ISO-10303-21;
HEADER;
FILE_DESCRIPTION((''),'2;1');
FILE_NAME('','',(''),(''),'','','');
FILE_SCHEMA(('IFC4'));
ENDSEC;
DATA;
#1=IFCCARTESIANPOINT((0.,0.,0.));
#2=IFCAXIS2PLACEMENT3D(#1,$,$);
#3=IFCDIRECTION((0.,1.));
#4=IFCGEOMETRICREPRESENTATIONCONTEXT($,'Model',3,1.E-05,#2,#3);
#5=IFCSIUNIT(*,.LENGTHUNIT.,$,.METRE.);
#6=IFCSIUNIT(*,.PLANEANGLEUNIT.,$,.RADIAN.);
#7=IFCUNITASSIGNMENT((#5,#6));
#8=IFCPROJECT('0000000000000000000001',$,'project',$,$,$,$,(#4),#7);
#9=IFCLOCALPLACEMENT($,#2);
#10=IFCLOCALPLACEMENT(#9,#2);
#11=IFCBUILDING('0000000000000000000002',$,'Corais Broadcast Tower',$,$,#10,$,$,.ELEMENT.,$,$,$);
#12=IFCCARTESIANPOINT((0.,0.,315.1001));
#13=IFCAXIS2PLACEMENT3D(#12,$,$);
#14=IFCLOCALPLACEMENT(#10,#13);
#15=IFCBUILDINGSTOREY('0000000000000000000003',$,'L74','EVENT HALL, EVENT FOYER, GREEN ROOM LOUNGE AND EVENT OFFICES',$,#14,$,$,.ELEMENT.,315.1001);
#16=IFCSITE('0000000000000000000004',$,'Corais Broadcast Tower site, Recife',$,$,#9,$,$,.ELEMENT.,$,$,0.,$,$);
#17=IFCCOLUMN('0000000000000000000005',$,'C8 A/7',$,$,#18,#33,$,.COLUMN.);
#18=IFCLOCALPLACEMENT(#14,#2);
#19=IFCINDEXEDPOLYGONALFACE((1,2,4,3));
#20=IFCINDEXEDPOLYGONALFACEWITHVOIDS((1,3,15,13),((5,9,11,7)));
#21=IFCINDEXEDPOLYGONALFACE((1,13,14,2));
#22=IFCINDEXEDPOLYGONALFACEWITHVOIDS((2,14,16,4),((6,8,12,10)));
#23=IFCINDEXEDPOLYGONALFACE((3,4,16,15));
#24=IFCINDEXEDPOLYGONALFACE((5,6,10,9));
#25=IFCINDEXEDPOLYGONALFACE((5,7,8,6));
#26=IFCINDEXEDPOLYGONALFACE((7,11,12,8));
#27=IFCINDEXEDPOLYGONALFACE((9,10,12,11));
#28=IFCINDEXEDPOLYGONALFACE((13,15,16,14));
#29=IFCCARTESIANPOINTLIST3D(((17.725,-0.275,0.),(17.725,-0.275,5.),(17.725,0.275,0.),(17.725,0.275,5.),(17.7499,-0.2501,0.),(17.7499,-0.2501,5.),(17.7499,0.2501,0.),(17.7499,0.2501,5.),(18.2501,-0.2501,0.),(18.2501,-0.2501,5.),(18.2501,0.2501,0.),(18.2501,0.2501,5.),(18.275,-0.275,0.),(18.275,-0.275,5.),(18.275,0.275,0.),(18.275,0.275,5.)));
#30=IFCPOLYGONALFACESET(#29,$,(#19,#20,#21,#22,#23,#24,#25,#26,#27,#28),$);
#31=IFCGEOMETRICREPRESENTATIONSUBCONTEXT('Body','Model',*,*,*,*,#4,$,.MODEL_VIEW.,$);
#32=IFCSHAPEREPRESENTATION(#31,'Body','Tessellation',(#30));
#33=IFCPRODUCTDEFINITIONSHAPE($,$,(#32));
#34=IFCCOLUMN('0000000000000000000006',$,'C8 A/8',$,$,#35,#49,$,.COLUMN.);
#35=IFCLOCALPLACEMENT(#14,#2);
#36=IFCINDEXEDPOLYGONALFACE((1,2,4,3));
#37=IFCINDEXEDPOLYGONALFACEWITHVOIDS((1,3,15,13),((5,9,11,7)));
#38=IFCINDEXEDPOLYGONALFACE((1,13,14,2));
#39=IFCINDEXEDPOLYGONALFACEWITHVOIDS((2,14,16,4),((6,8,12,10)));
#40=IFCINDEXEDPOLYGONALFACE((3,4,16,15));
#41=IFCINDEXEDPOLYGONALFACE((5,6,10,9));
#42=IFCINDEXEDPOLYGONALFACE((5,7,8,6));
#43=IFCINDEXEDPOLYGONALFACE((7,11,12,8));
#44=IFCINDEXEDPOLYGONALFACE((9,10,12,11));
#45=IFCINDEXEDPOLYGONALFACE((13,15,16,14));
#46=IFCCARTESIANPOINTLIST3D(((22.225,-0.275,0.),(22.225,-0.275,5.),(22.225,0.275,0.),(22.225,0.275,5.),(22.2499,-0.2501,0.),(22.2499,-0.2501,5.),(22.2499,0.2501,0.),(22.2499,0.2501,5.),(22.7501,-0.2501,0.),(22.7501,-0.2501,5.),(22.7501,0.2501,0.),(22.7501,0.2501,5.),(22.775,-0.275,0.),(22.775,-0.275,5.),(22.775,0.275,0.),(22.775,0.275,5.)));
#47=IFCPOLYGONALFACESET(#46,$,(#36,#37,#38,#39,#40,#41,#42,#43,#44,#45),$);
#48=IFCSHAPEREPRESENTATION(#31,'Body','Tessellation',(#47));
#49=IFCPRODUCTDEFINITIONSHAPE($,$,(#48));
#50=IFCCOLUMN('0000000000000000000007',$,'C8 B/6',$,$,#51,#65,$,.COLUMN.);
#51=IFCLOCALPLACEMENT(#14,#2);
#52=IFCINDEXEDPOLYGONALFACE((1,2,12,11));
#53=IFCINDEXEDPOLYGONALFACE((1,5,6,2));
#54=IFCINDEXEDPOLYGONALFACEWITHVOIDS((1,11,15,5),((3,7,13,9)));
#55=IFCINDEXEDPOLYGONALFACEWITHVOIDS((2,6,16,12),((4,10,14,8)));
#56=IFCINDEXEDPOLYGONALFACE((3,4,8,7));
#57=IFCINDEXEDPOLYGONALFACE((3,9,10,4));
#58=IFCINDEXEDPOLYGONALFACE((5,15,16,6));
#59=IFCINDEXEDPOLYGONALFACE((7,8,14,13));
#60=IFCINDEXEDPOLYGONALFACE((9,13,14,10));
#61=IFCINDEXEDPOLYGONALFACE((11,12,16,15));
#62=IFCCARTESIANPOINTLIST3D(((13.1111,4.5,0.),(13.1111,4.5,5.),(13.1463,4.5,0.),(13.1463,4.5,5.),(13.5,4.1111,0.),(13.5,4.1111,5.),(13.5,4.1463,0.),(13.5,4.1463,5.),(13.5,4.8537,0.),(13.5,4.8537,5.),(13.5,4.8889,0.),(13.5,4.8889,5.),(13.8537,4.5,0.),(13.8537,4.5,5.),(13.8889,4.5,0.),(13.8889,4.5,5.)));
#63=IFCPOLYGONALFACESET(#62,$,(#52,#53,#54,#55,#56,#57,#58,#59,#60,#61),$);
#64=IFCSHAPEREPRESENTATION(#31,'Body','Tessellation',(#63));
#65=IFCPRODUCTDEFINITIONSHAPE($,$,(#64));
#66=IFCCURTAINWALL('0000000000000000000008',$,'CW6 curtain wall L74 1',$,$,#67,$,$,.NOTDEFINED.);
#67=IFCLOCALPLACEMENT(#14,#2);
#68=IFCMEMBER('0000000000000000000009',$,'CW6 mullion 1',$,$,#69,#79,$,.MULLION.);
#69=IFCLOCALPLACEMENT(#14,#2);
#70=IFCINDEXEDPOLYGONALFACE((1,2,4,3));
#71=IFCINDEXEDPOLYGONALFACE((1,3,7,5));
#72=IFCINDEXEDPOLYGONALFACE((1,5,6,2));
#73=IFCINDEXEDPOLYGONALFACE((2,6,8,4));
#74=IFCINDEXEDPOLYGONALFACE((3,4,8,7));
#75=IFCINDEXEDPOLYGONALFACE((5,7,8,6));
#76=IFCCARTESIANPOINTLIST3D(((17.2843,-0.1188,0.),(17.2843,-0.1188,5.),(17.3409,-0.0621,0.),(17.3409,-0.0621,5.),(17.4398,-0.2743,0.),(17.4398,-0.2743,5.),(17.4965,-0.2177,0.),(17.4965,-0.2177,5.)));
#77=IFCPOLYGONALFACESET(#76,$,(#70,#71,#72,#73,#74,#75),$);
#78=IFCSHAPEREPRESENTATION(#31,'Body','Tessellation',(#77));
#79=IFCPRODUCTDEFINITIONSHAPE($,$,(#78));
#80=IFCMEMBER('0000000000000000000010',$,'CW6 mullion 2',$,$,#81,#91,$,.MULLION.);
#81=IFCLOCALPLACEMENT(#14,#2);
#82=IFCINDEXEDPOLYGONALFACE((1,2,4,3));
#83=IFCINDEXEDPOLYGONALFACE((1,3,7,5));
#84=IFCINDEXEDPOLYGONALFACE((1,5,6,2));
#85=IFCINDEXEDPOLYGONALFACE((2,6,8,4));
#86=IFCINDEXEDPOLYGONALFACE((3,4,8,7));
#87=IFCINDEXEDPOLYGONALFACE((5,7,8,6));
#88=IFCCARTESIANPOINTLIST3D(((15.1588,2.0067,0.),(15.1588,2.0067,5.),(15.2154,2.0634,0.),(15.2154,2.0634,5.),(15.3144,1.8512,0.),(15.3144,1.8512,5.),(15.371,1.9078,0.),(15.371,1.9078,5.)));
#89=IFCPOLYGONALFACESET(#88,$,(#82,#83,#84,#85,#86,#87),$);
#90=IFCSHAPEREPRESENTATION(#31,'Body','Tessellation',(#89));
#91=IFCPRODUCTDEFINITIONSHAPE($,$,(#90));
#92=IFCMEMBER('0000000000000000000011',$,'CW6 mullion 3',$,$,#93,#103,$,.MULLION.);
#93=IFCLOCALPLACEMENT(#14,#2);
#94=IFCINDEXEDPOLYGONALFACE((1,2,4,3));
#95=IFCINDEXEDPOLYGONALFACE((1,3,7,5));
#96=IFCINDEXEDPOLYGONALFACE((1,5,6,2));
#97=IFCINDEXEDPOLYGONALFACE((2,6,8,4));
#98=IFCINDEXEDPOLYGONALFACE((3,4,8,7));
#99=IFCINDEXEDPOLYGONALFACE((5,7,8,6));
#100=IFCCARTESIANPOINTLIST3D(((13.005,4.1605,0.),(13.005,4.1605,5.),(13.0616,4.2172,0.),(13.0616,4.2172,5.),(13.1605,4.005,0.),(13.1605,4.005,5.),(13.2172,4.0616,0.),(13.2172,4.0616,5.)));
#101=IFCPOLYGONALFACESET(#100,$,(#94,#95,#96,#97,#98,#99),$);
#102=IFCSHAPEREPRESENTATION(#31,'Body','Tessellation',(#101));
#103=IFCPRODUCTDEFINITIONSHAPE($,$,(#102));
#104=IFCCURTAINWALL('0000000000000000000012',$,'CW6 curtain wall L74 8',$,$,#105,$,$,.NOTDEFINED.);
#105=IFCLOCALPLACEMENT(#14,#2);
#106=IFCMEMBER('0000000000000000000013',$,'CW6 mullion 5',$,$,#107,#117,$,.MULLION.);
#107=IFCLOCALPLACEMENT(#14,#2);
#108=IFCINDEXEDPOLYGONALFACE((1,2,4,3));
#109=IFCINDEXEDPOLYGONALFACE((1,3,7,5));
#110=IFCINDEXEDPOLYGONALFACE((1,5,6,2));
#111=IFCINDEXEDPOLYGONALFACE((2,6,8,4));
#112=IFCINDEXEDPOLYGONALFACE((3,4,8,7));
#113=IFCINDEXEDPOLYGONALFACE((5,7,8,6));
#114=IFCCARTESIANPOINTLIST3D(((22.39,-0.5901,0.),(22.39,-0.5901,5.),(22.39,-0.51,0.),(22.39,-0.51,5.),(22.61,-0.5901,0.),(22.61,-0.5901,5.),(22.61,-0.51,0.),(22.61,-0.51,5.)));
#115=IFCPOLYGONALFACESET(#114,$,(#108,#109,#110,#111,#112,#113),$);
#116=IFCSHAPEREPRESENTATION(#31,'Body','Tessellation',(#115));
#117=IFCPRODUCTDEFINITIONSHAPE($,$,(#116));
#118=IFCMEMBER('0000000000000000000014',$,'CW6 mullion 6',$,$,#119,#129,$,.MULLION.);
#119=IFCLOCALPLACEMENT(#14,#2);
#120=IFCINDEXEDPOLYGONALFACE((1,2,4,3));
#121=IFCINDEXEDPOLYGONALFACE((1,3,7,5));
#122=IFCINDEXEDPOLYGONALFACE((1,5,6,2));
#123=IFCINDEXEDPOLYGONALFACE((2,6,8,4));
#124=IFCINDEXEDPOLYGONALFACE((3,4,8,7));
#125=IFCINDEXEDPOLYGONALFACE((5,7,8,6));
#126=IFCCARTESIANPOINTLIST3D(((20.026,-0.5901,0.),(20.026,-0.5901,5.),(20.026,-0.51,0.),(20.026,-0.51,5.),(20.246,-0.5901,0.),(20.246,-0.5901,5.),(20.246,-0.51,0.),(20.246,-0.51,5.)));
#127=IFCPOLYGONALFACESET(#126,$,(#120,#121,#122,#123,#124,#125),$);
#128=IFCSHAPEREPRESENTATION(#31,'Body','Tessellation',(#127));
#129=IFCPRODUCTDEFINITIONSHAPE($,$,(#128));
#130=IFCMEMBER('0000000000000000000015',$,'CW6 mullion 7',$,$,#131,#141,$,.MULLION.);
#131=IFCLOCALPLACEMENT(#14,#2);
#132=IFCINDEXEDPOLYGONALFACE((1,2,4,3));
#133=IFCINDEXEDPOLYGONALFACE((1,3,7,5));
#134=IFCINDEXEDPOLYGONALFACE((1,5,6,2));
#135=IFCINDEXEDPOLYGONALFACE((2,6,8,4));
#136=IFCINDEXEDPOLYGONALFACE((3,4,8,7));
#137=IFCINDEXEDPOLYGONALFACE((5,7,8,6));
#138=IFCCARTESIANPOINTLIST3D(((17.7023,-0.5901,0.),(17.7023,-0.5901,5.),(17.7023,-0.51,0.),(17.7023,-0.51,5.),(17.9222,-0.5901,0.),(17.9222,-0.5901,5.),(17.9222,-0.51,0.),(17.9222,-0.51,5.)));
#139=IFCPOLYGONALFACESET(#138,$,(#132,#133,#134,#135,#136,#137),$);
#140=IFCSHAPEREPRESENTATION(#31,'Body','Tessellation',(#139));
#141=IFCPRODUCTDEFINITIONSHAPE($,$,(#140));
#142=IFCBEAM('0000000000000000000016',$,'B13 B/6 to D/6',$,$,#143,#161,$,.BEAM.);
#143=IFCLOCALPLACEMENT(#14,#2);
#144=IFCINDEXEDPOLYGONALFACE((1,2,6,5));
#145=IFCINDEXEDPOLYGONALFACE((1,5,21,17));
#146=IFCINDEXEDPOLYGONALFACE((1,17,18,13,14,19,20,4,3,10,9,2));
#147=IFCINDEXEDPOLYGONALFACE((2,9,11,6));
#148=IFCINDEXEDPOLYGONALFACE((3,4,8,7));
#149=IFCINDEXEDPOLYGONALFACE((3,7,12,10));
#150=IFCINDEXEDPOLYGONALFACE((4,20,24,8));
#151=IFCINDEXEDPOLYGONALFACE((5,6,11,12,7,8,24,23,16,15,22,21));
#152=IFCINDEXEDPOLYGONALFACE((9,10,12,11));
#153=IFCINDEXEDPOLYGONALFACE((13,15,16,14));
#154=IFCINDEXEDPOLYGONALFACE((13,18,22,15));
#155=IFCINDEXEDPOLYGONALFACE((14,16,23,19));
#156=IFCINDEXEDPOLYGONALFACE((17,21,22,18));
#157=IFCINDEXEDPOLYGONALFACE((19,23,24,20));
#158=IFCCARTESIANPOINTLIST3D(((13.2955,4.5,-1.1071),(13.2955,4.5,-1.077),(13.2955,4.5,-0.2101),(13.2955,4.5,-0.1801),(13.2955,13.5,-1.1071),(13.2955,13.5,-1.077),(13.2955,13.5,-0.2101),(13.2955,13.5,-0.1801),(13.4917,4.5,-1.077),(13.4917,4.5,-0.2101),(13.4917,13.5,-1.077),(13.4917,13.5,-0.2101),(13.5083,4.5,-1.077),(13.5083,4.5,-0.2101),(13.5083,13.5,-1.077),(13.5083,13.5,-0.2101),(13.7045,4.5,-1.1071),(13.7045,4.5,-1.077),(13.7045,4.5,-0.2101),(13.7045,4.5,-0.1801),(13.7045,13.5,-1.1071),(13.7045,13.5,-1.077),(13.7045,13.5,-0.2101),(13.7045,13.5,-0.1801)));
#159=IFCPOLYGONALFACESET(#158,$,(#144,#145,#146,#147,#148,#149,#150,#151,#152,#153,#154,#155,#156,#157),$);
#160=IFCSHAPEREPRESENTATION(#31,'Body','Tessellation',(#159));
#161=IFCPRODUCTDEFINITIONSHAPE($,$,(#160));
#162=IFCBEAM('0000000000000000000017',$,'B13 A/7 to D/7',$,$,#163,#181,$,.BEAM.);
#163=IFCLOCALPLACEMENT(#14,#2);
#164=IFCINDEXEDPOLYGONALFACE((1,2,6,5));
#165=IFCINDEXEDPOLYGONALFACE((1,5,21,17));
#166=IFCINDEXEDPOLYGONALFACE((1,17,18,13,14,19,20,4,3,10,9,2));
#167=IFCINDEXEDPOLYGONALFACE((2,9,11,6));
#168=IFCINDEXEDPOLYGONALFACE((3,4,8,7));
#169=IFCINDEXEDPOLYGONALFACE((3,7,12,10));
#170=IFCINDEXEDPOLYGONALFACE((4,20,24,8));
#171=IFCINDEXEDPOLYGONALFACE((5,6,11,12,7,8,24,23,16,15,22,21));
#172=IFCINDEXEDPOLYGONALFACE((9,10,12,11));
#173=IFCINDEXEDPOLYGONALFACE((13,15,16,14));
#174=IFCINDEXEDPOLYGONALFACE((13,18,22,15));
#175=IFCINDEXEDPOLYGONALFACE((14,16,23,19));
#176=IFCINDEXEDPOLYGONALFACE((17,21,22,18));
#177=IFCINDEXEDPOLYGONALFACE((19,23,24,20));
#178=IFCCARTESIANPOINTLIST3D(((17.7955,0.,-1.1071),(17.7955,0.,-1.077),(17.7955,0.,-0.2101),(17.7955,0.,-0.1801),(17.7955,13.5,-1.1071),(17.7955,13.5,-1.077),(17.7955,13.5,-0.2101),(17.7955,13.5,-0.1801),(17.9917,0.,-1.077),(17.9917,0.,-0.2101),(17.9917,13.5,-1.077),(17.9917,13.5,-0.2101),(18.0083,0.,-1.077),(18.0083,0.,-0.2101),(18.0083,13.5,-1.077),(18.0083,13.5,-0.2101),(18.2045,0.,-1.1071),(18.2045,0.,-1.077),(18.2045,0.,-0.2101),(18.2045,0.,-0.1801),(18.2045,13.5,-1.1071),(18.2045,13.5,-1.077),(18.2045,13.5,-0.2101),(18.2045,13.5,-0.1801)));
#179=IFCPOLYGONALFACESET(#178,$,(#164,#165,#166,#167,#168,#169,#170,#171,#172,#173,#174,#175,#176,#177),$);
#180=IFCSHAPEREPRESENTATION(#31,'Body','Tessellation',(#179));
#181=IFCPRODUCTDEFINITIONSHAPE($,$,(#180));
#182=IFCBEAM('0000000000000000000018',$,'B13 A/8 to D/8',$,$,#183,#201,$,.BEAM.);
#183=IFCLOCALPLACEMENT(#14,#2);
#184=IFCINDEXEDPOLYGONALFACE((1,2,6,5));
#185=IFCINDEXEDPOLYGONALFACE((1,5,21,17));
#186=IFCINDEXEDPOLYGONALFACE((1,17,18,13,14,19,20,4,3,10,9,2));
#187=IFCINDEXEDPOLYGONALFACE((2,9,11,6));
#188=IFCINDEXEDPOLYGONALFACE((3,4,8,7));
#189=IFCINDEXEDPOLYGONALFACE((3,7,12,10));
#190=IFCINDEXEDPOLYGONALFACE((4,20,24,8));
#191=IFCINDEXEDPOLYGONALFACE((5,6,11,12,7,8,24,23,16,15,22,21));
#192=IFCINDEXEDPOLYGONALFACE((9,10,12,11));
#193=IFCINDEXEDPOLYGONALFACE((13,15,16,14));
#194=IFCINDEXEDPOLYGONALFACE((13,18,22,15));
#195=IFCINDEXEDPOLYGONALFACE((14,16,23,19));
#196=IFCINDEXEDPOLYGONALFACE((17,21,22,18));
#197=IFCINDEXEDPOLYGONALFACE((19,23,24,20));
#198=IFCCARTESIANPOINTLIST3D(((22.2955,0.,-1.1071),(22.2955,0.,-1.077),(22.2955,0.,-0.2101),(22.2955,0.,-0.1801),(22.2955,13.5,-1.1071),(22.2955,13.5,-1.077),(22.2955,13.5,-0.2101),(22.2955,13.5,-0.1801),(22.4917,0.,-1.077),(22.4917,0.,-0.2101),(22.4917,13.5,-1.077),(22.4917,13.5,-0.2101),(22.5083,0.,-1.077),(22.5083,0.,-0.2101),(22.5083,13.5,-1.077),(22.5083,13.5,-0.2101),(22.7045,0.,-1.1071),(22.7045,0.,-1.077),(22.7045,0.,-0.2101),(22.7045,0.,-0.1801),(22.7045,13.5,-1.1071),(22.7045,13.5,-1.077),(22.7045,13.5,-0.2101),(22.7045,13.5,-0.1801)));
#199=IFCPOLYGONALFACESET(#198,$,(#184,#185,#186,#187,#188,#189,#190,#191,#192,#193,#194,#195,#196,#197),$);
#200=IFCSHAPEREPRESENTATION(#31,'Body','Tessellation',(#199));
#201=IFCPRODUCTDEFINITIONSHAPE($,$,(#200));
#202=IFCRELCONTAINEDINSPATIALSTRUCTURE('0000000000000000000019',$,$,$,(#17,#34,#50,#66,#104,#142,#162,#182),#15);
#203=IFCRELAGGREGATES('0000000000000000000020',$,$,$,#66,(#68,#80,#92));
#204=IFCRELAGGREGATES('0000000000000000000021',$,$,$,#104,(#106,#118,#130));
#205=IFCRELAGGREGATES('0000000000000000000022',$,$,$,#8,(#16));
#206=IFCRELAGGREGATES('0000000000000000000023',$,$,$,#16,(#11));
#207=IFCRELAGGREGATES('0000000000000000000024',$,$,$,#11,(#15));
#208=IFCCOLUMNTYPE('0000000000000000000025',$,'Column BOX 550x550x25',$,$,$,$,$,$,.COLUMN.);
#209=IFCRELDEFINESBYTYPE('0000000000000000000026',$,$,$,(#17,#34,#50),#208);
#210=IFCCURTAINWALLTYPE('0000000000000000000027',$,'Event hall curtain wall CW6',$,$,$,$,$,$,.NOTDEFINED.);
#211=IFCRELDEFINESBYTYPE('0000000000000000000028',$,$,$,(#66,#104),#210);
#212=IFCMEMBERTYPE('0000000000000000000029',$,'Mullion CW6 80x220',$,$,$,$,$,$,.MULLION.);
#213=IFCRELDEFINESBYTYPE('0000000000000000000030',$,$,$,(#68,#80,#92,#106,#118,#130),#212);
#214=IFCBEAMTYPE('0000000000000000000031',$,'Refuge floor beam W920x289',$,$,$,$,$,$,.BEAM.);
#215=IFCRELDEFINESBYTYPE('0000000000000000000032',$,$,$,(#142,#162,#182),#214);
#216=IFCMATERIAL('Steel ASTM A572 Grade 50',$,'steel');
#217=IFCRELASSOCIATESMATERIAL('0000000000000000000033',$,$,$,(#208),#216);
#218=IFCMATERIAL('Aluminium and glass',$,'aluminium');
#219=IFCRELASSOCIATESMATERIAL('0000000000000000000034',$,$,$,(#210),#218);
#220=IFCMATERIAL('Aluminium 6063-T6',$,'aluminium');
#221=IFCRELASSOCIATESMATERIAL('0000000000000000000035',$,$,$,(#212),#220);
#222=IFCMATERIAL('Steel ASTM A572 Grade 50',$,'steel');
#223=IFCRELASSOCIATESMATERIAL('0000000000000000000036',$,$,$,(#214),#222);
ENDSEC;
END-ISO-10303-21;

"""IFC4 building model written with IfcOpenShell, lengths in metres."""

from ifc_helpers import new_model, si_unit, direction, frame, origin, origin_2d, place, context, subcontext, project, spatial, rectangle, hollow_rectangle, i_section, extrude, material, material_profile, profile_set, type_object, element, aggregate, save


model = new_model("IFC4")

# Units and contexts
model_context = context("Model", 3, precision=1e-05, world=origin(), true_north=direction((0.0, 1.0)))
body_context = subcontext(model_context, "Body", "Model", "MODEL_VIEW")
ifc_project = project(units=[si_unit("LENGTHUNIT", "METRE"), si_unit("PLANEANGLEUNIT", "RADIAN")], contexts=[model_context])

# Site, building, storey
site_placement = place(None, origin())
site = spatial("IfcSite", under=ifc_project, at=site_placement, Name="Corais Broadcast Tower site, Recife", CompositionType="ELEMENT", RefElevation=0.0)
building_placement = place(site_placement, origin())
building = spatial("IfcBuilding", under=site, at=building_placement, Name="Corais Broadcast Tower", CompositionType="ELEMENT")
storey_placement = place(building_placement, frame((0.0, 0.0, 315.1001)))
storey = spatial("IfcBuildingStorey", under=building, at=storey_placement, Name="L74", Description="EVENT HALL, EVENT FOYER, GREEN ROOM LOUNGE AND EVENT OFFICES", CompositionType="ELEMENT", Elevation=315.1001)

# Columns
ifc_material_1 = material(Name="Steel ASTM A572 Grade 50", Category="steel")
ifc_material_profile_1 = material_profile(ifc_material_1, hollow_rectangle(XDim=0.55, YDim=0.55, WallThickness=0.0249, at=origin_2d()), Name="BOX 550x550x25")
ifc_profile_set_1 = profile_set([ifc_material_profile_1], Name="Steel ASTM A572 Grade 50")
column_type = type_object("IfcColumnType", Name="Column BOX 550x550x25", PredefinedType="COLUMN", material=ifc_profile_set_1)
for number, where, z_axis, x_axis, name in (
    (1, (18.0, 0.0, 0.0), (0.0, 0.0, 1.0), (1.0, 0.0, 0.0), "C8 A/7"),
    (2, (22.5, 0.0, 0.0), (0.0, 0.0, 1.0), (1.0, 0.0, 0.0), "C8 A/8"),
    (3, (13.5, 4.5, 0.0), (0.0, 0.0, 1.0), (0.707107, 0.707107, 0.0), "C8 B/6"),
):
    element("IfcColumn", number, at=place(storey_placement, frame(where, z_axis=z_axis, x_axis=x_axis)), inside=storey, type_object=column_type, Name=name, PredefinedType="COLUMN", context=body_context, shape_type="SweptSolid", body=[
        extrude(hollow_rectangle(XDim=0.55, YDim=0.55, WallThickness=0.0249, at=origin_2d()), origin(), (0.0, 0.0, 1.0), 5.0),
    ])

# Curtain walls, members
ifc_material_2 = material(Name="Aluminium and glass", Category="aluminium")
curtain_wall_type = type_object("IfcCurtainWallType", Name="Event hall curtain wall CW6", PredefinedType="NOTDEFINED", material=ifc_material_2)
curtain_wall_1_placement = place(storey_placement, origin())
curtain_wall_1 = element("IfcCurtainWall", 4, at=curtain_wall_1_placement, inside=storey, type_object=curtain_wall_type, Name="CW6 curtain wall L74 1", PredefinedType="NOTDEFINED")
ifc_material_3 = material(Name="Aluminium 6063-T6", Category="aluminium")
ifc_material_profile_2 = material_profile(ifc_material_3, rectangle(XDim=0.0801, YDim=0.22, at=origin_2d()), Name="Mullion CW6 80x220")
ifc_profile_set_2 = profile_set([ifc_material_profile_2], Name="Aluminium 6063-T6")
member_type_1 = type_object("IfcMemberType", Name="Mullion CW6 80x220", PredefinedType="MULLION", material=ifc_profile_set_2)
member_1_placement = place(storey_placement, frame((17.3904, -0.1682, 0.0), z_axis=(0.0, 0.0, 1.0), x_axis=(-0.707107, -0.707107, 0.0)))
member_1 = element("IfcMember", 5, at=member_1_placement, type_object=member_type_1, Name="CW6 mullion 1", PredefinedType="MULLION", context=body_context, shape_type="SweptSolid", body=[
    extrude(rectangle(XDim=0.0801, YDim=0.22, at=origin_2d()), origin(), (0.0, 0.0, 1.0), 5.0),
])
member_2_placement = place(storey_placement, frame((15.2649, 1.9573, 0.0), z_axis=(0.0, 0.0, 1.0), x_axis=(-0.707107, -0.707107, 0.0)))
member_2 = element("IfcMember", 6, at=member_2_placement, type_object=member_type_1, Name="CW6 mullion 2", PredefinedType="MULLION", context=body_context, shape_type="SweptSolid", body=[
    extrude(rectangle(XDim=0.0801, YDim=0.22, at=origin_2d()), origin(), (0.0, 0.0, 1.0), 5.0),
])
member_3_placement = place(storey_placement, frame((13.1111, 4.1111, 0.0), z_axis=(0.0, 0.0, 1.0), x_axis=(-0.707107, -0.707107, 0.0)))
member_3 = element("IfcMember", 7, at=member_3_placement, type_object=member_type_1, Name="CW6 mullion 3", PredefinedType="MULLION", context=body_context, shape_type="SweptSolid", body=[
    extrude(rectangle(XDim=0.0801, YDim=0.22, at=origin_2d()), origin(), (0.0, 0.0, 1.0), 5.0),
])
curtain_wall_2_placement = place(storey_placement, origin())
curtain_wall_2 = element("IfcCurtainWall", 8, at=curtain_wall_2_placement, inside=storey, type_object=curtain_wall_type, Name="CW6 curtain wall L74 8", PredefinedType="NOTDEFINED")
member_4_placement = place(storey_placement, frame((22.5, -0.55, 0.0), z_axis=(0.0, 0.0, 1.0), x_axis=(0.0, -1.0, 0.0)))
member_4 = element("IfcMember", 9, at=member_4_placement, type_object=member_type_1, Name="CW6 mullion 5", PredefinedType="MULLION", context=body_context, shape_type="SweptSolid", body=[
    extrude(rectangle(XDim=0.0801, YDim=0.22, at=origin_2d()), origin(), (0.0, 0.0, 1.0), 5.0),
])
member_5_placement = place(storey_placement, frame((20.136, -0.55, 0.0), z_axis=(0.0, 0.0, 1.0), x_axis=(0.0, -1.0, 0.0)))
member_5 = element("IfcMember", 10, at=member_5_placement, type_object=member_type_1, Name="CW6 mullion 6", PredefinedType="MULLION", context=body_context, shape_type="SweptSolid", body=[
    extrude(rectangle(XDim=0.0801, YDim=0.22, at=origin_2d()), origin(), (0.0, 0.0, 1.0), 5.0),
])
member_6_placement = place(storey_placement, frame((17.8123, -0.55, 0.0), z_axis=(0.0, 0.0, 1.0), x_axis=(0.0, -1.0, 0.0)))
member_6 = element("IfcMember", 11, at=member_6_placement, type_object=member_type_1, Name="CW6 mullion 7", PredefinedType="MULLION", context=body_context, shape_type="SweptSolid", body=[
    extrude(rectangle(XDim=0.0801, YDim=0.22, at=origin_2d()), origin(), (0.0, 0.0, 1.0), 5.0),
])

# Beams
ifc_material_4 = material(Name="Steel ASTM A572 Grade 50", Category="steel")
ifc_material_profile_3 = material_profile(ifc_material_4, i_section(OverallWidth=0.4089, OverallDepth=0.927, WebThickness=0.0166, FlangeThickness=0.03, at=origin_2d()), Name="W920x289")
ifc_profile_set_3 = profile_set([ifc_material_profile_3], Name="Steel ASTM A572 Grade 50")
beam_type_1 = type_object("IfcBeamType", Name="Refuge floor beam W920x289", PredefinedType="BEAM", material=ifc_profile_set_3)
beam_placement = place(storey_placement, frame((13.5, 4.5, -0.6436), z_axis=(0.0, 1.0, 0.0), x_axis=(-1.0, 0.0, 0.0)))
element("IfcBeam", 12, at=beam_placement, inside=storey, type_object=beam_type_1, Name="B13 B/6 to D/6", PredefinedType="BEAM", context=body_context, shape_type="SweptSolid", body=[
    extrude(i_section(OverallWidth=0.4089, OverallDepth=0.927, WebThickness=0.0166, FlangeThickness=0.03, at=origin_2d()), origin(), (0.0, 0.0, 1.0), 9.0),
])
for number, where, z_axis, x_axis, name in (
    (13, (18.0, 0.0, -0.6436), (0.0, 1.0, 0.0), (-1.0, 0.0, 0.0), "B13 A/7 to D/7"),
    (14, (22.5, 0.0, -0.6436), (0.0, 1.0, 0.0), (-1.0, 0.0, 0.0), "B13 A/8 to D/8"),
):
    element("IfcBeam", number, at=place(storey_placement, frame(where, z_axis=z_axis, x_axis=x_axis)), inside=storey, type_object=beam_type_1, Name=name, PredefinedType="BEAM", context=body_context, shape_type="SweptSolid", body=[
        extrude(i_section(OverallWidth=0.4089, OverallDepth=0.927, WebThickness=0.0166, FlangeThickness=0.03, at=origin_2d()), origin(), (0.0, 0.0, 1.0), 13.5),
    ])

aggregate(curtain_wall_1, [member_1, member_2, member_3])
aggregate(curtain_wall_2, [member_4, member_5, member_6])

save(model, "model.ifc")
